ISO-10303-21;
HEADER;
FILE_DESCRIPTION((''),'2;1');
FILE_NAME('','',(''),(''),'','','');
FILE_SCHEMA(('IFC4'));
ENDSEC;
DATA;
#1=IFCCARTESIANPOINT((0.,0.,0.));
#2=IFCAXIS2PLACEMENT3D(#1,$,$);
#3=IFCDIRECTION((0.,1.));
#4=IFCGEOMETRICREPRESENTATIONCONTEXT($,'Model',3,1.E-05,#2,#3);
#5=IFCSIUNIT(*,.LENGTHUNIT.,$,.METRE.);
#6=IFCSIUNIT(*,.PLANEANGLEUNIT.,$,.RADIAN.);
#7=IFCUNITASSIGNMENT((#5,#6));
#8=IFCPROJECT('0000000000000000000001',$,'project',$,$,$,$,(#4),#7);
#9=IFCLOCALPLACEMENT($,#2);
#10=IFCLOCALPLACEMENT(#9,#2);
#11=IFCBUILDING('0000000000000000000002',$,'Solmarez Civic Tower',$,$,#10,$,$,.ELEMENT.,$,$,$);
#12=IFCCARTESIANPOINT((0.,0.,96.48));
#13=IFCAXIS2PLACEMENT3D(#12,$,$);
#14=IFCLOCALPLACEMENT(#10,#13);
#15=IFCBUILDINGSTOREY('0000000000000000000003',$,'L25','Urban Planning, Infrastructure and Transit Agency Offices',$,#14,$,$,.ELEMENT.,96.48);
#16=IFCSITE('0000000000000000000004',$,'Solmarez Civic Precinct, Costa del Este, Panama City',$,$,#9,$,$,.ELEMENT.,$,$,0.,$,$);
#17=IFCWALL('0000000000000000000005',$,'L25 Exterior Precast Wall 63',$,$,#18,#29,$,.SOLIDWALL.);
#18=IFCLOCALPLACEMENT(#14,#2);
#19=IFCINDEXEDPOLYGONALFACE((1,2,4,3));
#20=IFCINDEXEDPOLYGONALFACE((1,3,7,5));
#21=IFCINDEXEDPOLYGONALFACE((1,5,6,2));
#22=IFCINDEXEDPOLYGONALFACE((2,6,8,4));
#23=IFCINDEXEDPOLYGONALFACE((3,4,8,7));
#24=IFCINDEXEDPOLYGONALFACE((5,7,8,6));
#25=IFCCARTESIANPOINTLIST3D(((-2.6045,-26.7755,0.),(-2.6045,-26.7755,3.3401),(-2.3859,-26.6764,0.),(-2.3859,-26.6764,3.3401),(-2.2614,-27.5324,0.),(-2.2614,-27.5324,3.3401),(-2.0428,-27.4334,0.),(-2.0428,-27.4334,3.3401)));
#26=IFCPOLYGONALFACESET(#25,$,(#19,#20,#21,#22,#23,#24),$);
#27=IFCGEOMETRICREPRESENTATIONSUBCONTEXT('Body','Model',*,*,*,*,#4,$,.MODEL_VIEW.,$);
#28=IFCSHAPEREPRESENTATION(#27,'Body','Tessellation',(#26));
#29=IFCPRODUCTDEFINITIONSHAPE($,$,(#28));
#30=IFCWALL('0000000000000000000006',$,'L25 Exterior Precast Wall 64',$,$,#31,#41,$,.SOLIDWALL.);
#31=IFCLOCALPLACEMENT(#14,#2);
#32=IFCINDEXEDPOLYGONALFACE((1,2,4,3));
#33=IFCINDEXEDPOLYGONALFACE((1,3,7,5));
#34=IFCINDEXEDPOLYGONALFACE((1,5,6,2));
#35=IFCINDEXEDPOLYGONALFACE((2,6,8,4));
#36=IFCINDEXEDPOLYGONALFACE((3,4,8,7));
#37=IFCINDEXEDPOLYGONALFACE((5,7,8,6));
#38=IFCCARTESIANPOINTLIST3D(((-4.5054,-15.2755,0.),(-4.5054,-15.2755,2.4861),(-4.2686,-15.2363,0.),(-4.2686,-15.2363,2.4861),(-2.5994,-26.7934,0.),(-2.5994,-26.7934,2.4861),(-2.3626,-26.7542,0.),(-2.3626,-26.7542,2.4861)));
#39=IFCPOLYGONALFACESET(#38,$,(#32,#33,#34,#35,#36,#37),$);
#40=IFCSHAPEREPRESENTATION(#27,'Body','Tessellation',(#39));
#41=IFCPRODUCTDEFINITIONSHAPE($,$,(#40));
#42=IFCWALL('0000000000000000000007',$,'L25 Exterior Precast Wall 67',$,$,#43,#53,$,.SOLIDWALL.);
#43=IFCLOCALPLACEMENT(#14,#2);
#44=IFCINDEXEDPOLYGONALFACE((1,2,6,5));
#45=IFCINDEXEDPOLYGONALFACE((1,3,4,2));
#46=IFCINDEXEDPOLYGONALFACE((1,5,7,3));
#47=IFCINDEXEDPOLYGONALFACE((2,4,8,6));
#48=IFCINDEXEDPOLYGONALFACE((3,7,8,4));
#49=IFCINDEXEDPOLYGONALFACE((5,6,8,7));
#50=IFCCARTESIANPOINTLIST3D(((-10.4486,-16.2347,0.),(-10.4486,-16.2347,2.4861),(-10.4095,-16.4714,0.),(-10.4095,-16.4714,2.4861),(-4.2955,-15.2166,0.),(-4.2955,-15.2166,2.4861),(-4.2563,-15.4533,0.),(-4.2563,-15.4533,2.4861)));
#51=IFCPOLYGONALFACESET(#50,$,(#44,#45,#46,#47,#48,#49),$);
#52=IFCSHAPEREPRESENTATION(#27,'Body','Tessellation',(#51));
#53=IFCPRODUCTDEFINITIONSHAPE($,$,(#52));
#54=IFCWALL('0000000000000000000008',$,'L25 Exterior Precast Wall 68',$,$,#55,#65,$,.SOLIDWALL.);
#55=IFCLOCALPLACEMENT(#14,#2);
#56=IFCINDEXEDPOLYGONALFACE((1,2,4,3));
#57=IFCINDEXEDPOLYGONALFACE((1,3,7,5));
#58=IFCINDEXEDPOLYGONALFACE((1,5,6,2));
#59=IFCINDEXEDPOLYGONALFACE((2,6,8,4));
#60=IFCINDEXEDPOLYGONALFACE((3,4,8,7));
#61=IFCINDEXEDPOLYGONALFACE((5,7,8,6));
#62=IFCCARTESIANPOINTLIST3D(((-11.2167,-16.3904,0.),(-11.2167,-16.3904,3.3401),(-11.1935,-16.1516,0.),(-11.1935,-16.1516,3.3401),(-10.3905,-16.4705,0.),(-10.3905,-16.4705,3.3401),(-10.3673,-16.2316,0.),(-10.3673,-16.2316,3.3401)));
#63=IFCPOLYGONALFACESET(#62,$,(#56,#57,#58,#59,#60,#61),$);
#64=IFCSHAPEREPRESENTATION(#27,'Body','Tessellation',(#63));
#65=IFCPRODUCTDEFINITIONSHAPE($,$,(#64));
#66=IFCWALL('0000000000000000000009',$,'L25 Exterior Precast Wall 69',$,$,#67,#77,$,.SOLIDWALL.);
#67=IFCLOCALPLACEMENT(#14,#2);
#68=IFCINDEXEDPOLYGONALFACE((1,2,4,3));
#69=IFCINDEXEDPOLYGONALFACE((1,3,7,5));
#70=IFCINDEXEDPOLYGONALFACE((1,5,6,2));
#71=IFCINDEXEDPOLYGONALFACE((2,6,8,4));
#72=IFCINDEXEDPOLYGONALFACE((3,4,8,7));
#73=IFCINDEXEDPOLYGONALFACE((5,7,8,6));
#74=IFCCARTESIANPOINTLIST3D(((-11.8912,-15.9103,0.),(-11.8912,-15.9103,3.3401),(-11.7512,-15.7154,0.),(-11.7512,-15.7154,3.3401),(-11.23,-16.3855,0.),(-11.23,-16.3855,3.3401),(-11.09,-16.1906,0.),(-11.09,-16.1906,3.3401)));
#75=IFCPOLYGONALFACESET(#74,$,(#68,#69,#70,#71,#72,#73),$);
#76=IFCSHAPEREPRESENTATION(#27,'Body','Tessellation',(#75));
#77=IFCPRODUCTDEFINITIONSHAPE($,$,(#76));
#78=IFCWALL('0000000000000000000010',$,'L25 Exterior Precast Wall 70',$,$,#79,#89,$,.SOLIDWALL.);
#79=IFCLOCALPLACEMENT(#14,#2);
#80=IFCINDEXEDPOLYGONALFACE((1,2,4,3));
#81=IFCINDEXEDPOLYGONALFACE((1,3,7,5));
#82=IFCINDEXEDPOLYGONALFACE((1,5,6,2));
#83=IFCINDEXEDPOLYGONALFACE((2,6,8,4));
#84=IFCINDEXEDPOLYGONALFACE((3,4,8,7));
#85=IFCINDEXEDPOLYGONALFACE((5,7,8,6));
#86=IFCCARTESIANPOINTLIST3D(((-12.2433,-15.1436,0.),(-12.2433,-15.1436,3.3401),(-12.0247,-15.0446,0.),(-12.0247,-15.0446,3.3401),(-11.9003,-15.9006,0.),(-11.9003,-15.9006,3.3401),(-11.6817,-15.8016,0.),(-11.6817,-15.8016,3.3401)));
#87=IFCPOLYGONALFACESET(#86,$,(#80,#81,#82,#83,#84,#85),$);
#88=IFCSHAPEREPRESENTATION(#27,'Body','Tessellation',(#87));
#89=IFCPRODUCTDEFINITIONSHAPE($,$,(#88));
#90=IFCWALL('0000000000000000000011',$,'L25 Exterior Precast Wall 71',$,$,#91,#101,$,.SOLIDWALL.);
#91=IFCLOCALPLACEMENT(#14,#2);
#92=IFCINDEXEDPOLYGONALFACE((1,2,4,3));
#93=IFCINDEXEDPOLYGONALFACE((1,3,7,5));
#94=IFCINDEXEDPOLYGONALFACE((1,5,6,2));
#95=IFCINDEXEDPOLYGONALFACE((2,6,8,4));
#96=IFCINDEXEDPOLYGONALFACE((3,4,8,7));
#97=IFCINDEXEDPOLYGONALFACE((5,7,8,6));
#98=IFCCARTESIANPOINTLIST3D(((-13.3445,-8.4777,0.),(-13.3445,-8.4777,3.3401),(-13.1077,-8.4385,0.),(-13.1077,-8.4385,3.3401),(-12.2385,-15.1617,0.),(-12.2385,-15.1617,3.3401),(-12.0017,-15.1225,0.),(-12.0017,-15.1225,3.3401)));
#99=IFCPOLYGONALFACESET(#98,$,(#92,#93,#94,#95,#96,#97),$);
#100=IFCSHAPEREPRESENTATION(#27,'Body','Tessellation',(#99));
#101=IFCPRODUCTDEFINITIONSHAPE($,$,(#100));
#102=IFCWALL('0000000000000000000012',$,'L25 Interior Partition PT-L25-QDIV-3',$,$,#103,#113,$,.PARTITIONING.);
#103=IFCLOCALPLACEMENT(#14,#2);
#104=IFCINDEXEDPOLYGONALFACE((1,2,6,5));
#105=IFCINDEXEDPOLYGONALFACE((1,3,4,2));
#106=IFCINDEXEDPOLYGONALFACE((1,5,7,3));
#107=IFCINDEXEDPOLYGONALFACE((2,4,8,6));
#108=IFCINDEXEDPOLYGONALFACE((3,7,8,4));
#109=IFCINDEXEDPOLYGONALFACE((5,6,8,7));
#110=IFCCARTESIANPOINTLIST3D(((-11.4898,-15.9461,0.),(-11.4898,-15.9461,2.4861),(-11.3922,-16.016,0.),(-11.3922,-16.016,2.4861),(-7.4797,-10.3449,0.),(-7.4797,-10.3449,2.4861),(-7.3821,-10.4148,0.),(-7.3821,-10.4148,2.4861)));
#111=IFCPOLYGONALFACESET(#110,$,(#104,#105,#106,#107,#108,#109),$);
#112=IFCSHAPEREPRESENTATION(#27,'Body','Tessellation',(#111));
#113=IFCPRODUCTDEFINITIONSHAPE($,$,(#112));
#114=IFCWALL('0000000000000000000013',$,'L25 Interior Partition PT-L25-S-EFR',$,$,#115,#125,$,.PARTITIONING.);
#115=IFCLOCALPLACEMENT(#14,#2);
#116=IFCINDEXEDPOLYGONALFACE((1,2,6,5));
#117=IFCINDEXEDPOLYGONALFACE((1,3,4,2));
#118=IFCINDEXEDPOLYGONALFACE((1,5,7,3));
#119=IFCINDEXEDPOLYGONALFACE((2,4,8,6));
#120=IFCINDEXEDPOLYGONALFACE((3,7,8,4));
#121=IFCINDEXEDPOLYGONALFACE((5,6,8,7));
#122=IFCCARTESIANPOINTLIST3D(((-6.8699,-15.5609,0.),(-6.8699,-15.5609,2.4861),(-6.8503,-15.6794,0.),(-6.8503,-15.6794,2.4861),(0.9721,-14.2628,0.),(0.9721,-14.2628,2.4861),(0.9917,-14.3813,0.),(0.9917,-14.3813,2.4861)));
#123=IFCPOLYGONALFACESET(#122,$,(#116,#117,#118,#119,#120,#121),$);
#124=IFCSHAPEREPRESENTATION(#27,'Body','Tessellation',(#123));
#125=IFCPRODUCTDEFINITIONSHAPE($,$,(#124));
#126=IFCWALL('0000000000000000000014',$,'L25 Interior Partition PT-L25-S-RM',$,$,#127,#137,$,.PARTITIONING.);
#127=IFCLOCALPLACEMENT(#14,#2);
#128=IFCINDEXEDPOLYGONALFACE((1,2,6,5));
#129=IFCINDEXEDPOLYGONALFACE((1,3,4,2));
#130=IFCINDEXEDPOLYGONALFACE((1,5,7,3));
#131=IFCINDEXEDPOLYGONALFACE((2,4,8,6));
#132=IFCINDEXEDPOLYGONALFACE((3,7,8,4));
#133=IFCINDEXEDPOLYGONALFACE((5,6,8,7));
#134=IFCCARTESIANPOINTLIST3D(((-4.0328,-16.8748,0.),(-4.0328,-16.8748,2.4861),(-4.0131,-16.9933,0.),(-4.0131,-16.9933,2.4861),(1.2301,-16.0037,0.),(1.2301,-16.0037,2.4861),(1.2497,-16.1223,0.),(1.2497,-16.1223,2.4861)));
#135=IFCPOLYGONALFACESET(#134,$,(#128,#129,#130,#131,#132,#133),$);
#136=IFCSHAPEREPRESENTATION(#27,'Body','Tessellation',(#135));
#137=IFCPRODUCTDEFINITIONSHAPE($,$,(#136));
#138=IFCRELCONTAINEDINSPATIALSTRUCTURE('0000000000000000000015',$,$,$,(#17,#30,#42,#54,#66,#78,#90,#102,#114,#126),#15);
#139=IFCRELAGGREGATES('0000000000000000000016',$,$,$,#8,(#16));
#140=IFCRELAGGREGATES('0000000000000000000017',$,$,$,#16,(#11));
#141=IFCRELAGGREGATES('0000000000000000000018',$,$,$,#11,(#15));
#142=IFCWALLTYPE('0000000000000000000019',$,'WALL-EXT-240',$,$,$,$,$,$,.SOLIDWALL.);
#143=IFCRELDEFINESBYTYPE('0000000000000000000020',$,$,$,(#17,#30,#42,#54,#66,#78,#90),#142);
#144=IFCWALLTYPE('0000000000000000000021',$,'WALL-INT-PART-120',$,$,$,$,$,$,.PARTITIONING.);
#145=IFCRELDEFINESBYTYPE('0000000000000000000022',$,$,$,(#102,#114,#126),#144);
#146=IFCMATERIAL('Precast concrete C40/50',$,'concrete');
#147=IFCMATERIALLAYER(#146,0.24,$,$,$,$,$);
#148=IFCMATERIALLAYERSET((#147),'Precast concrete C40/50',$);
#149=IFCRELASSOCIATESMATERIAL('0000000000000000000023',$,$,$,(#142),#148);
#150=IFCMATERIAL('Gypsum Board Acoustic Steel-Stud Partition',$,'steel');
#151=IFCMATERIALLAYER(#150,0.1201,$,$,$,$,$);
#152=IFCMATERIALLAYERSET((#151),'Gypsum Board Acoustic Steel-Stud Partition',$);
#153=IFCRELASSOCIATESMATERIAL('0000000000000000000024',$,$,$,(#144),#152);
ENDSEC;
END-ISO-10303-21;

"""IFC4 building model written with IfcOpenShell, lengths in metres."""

from ifc_helpers import new_model, si_unit, direction, frame, frame_2d, origin, place, context, subcontext, project, spatial, rectangle, extrude, material, layer, layer_set, type_object, element, save


model = new_model("IFC4")

# Units and contexts
model_context = context("Model", 3, precision=1e-05, world=origin(), true_north=direction((0.0, 1.0)))
body_context = subcontext(model_context, "Body", "Model", "MODEL_VIEW")
ifc_project = project(units=[si_unit("LENGTHUNIT", "METRE"), si_unit("PLANEANGLEUNIT", "RADIAN")], contexts=[model_context])

# Site, building, storey
site_placement = place(None, origin())
site = spatial("IfcSite", under=ifc_project, at=site_placement, Name="Solmarez Civic Precinct, Costa del Este, Panama City", CompositionType="ELEMENT", RefElevation=0.0)
building_placement = place(site_placement, origin())
building = spatial("IfcBuilding", under=site, at=building_placement, Name="Solmarez Civic Tower", CompositionType="ELEMENT")
storey_placement = place(building_placement, frame((0.0, 0.0, 96.48)))
storey = spatial("IfcBuildingStorey", under=building, at=storey_placement, Name="L25", Description="Urban Planning, Infrastructure and Transit Agency Offices", CompositionType="ELEMENT", Elevation=96.48)

# Shared definitions
ifc_material_1 = material(Name="Precast concrete C40/50", Category="concrete")
ifc_layer_1 = layer(ifc_material_1, 0.24)
ifc_layer_set_1 = layer_set([ifc_layer_1], Name="Precast concrete C40/50")
wall_type_1 = type_object("IfcWallType", Name="WALL-EXT-240", PredefinedType="SOLIDWALL", material=ifc_layer_set_1)

# Walls
wall_1_placement = place(storey_placement, frame((-2.1521, -27.4829, 0.0), z_axis=(0.0, 0.0, 1.0), x_axis=(-0.412807, 0.910819, 0.0)))
element("IfcWall", 1, at=wall_1_placement, inside=storey, type_object=wall_type_1, Name="L25 Exterior Precast Wall 63", PredefinedType="SOLIDWALL", context=body_context, shape_type="SweptSolid", body=[
    extrude(rectangle(XDim=0.8311, YDim=0.24, at=frame_2d((0.4155, 0.0))), origin(), (0.0, 0.0, 1.0), 3.3401),
])
wall_2_placement = place(storey_placement, frame((-2.481, -26.7739, 0.0), z_axis=(0.0, 0.0, 1.0), x_axis=(-0.163263, 0.986583, 0.0)))
element("IfcWall", 2, at=wall_2_placement, inside=storey, type_object=wall_type_1, Name="L25 Exterior Precast Wall 64", PredefinedType="SOLIDWALL", context=body_context, shape_type="SweptSolid", body=[
    extrude(rectangle(XDim=11.6746, YDim=0.24, at=frame_2d((5.8374, 0.0))), origin(), (0.0, 0.0, 1.0), 2.4861),
])
wall_3_placement = place(storey_placement, frame((-4.2759, -15.335, 0.0), z_axis=(0.0, 0.0, 1.0), x_axis=(-0.986587, -0.163237, 0.0)))
element("IfcWall", 3, at=wall_3_placement, inside=storey, type_object=wall_type_1, Name="L25 Exterior Precast Wall 67", PredefinedType="SOLIDWALL", context=body_context, shape_type="SweptSolid", body=[
    extrude(rectangle(XDim=6.2368, YDim=0.24, at=frame_2d((3.1184, 0.0))), origin(), (0.0, 0.0, 1.0), 2.4861),
])
wall_4_placement = place(storey_placement, frame((-10.3789, -16.3511, 0.0), z_axis=(0.0, 0.0, 1.0), x_axis=(-0.995335, 0.096475, 0.0)))
element("IfcWall", 4, at=wall_4_placement, inside=storey, type_object=wall_type_1, Name="L25 Exterior Precast Wall 68", PredefinedType="SOLIDWALL", context=body_context, shape_type="SweptSolid", body=[
    extrude(rectangle(XDim=0.8301, YDim=0.24, at=frame_2d((0.415, 0.0))), origin(), (0.0, 0.0, 1.0), 3.3401),
])
wall_5_placement = place(storey_placement, frame((-11.1599, -16.2881, 0.0), z_axis=(0.0, 0.0, 1.0), x_axis=(-0.812069, 0.583562, 0.0)))
element("IfcWall", 5, at=wall_5_placement, inside=storey, type_object=wall_type_1, Name="L25 Exterior Precast Wall 69", PredefinedType="SOLIDWALL", context=body_context, shape_type="SweptSolid", body=[
    extrude(rectangle(XDim=0.8142, YDim=0.24, at=frame_2d((0.4072, 0.0))), origin(), (0.0, 0.0, 1.0), 3.3401),
])
wall_6_placement = place(storey_placement, frame((-11.791, -15.8511, 0.0), z_axis=(0.0, 0.0, 1.0), x_axis=(-0.412696, 0.910869, 0.0)))
element("IfcWall", 6, at=wall_6_placement, inside=storey, type_object=wall_type_1, Name="L25 Exterior Precast Wall 70", PredefinedType="SOLIDWALL", context=body_context, shape_type="SweptSolid", body=[
    extrude(rectangle(XDim=0.8311, YDim=0.24, at=frame_2d((0.4155, 0.0))), origin(), (0.0, 0.0, 1.0), 3.3401),
])
wall_7_placement = place(storey_placement, frame((-12.1201, -15.1421, 0.0), z_axis=(0.0, 0.0, 1.0), x_axis=(-0.163242, 0.986586, 0.0)))
element("IfcWall", 7, at=wall_7_placement, inside=storey, type_object=wall_type_1, Name="L25 Exterior Precast Wall 71", PredefinedType="SOLIDWALL", context=body_context, shape_type="SweptSolid", body=[
    extrude(rectangle(XDim=6.7749, YDim=0.24, at=frame_2d((3.3875, 0.0))), origin(), (0.0, 0.0, 1.0), 3.3401),
])
ifc_material_2 = material(Name="Gypsum Board Acoustic Steel-Stud Partition", Category="steel")
ifc_layer_2 = layer(ifc_material_2, 0.1201)
ifc_layer_set_2 = layer_set([ifc_layer_2], Name="Gypsum Board Acoustic Steel-Stud Partition")
wall_type_2 = type_object("IfcWallType", Name="WALL-INT-PART-120", PredefinedType="PARTITIONING", material=ifc_layer_set_2)
wall_8_placement = place(storey_placement, frame((-7.4309, -10.3799, 0.0), z_axis=(0.0, 0.0, 1.0), x_axis=(-0.582126, -0.813098, 0.0)))
element("IfcWall", 8, at=wall_8_placement, inside=storey, type_object=wall_type_2, Name="L25 Interior Partition PT-L25-QDIV-3", PredefinedType="PARTITIONING", context=body_context, shape_type="SweptSolid", body=[
    extrude(rectangle(XDim=6.8887, YDim=0.1201, at=frame_2d((3.4443, 0.0))), origin(), (0.0, 0.0, 1.0), 2.4861),
])
wall_9_placement = place(storey_placement, frame((-6.8601, -15.6201, 0.0), z_axis=(0.0, 0.0, 1.0), x_axis=(0.986575, 0.163308, 0.0)))
element("IfcWall", 9, at=wall_9_placement, inside=storey, type_object=wall_type_2, Name="L25 Interior Partition PT-L25-S-EFR", PredefinedType="PARTITIONING", context=body_context, shape_type="SweptSolid", body=[
    extrude(rectangle(XDim=7.9487, YDim=0.1201, at=frame_2d((3.9744, 0.0))), origin(), (0.0, 0.0, 1.0), 2.4861),
])
wall_10_placement = place(storey_placement, frame((-4.0229, -16.9341, 0.0), z_axis=(0.0, 0.0, 1.0), x_axis=(0.986578, 0.163293, 0.0)))
element("IfcWall", 10, at=wall_10_placement, inside=storey, type_object=wall_type_2, Name="L25 Interior Partition PT-L25-S-RM", PredefinedType="PARTITIONING", context=body_context, shape_type="SweptSolid", body=[
    extrude(rectangle(XDim=5.3345, YDim=0.1201, at=frame_2d((2.6672, 0.0))), origin(), (0.0, 0.0, 1.0), 2.4861),
])

save(model, "model.ifc")
